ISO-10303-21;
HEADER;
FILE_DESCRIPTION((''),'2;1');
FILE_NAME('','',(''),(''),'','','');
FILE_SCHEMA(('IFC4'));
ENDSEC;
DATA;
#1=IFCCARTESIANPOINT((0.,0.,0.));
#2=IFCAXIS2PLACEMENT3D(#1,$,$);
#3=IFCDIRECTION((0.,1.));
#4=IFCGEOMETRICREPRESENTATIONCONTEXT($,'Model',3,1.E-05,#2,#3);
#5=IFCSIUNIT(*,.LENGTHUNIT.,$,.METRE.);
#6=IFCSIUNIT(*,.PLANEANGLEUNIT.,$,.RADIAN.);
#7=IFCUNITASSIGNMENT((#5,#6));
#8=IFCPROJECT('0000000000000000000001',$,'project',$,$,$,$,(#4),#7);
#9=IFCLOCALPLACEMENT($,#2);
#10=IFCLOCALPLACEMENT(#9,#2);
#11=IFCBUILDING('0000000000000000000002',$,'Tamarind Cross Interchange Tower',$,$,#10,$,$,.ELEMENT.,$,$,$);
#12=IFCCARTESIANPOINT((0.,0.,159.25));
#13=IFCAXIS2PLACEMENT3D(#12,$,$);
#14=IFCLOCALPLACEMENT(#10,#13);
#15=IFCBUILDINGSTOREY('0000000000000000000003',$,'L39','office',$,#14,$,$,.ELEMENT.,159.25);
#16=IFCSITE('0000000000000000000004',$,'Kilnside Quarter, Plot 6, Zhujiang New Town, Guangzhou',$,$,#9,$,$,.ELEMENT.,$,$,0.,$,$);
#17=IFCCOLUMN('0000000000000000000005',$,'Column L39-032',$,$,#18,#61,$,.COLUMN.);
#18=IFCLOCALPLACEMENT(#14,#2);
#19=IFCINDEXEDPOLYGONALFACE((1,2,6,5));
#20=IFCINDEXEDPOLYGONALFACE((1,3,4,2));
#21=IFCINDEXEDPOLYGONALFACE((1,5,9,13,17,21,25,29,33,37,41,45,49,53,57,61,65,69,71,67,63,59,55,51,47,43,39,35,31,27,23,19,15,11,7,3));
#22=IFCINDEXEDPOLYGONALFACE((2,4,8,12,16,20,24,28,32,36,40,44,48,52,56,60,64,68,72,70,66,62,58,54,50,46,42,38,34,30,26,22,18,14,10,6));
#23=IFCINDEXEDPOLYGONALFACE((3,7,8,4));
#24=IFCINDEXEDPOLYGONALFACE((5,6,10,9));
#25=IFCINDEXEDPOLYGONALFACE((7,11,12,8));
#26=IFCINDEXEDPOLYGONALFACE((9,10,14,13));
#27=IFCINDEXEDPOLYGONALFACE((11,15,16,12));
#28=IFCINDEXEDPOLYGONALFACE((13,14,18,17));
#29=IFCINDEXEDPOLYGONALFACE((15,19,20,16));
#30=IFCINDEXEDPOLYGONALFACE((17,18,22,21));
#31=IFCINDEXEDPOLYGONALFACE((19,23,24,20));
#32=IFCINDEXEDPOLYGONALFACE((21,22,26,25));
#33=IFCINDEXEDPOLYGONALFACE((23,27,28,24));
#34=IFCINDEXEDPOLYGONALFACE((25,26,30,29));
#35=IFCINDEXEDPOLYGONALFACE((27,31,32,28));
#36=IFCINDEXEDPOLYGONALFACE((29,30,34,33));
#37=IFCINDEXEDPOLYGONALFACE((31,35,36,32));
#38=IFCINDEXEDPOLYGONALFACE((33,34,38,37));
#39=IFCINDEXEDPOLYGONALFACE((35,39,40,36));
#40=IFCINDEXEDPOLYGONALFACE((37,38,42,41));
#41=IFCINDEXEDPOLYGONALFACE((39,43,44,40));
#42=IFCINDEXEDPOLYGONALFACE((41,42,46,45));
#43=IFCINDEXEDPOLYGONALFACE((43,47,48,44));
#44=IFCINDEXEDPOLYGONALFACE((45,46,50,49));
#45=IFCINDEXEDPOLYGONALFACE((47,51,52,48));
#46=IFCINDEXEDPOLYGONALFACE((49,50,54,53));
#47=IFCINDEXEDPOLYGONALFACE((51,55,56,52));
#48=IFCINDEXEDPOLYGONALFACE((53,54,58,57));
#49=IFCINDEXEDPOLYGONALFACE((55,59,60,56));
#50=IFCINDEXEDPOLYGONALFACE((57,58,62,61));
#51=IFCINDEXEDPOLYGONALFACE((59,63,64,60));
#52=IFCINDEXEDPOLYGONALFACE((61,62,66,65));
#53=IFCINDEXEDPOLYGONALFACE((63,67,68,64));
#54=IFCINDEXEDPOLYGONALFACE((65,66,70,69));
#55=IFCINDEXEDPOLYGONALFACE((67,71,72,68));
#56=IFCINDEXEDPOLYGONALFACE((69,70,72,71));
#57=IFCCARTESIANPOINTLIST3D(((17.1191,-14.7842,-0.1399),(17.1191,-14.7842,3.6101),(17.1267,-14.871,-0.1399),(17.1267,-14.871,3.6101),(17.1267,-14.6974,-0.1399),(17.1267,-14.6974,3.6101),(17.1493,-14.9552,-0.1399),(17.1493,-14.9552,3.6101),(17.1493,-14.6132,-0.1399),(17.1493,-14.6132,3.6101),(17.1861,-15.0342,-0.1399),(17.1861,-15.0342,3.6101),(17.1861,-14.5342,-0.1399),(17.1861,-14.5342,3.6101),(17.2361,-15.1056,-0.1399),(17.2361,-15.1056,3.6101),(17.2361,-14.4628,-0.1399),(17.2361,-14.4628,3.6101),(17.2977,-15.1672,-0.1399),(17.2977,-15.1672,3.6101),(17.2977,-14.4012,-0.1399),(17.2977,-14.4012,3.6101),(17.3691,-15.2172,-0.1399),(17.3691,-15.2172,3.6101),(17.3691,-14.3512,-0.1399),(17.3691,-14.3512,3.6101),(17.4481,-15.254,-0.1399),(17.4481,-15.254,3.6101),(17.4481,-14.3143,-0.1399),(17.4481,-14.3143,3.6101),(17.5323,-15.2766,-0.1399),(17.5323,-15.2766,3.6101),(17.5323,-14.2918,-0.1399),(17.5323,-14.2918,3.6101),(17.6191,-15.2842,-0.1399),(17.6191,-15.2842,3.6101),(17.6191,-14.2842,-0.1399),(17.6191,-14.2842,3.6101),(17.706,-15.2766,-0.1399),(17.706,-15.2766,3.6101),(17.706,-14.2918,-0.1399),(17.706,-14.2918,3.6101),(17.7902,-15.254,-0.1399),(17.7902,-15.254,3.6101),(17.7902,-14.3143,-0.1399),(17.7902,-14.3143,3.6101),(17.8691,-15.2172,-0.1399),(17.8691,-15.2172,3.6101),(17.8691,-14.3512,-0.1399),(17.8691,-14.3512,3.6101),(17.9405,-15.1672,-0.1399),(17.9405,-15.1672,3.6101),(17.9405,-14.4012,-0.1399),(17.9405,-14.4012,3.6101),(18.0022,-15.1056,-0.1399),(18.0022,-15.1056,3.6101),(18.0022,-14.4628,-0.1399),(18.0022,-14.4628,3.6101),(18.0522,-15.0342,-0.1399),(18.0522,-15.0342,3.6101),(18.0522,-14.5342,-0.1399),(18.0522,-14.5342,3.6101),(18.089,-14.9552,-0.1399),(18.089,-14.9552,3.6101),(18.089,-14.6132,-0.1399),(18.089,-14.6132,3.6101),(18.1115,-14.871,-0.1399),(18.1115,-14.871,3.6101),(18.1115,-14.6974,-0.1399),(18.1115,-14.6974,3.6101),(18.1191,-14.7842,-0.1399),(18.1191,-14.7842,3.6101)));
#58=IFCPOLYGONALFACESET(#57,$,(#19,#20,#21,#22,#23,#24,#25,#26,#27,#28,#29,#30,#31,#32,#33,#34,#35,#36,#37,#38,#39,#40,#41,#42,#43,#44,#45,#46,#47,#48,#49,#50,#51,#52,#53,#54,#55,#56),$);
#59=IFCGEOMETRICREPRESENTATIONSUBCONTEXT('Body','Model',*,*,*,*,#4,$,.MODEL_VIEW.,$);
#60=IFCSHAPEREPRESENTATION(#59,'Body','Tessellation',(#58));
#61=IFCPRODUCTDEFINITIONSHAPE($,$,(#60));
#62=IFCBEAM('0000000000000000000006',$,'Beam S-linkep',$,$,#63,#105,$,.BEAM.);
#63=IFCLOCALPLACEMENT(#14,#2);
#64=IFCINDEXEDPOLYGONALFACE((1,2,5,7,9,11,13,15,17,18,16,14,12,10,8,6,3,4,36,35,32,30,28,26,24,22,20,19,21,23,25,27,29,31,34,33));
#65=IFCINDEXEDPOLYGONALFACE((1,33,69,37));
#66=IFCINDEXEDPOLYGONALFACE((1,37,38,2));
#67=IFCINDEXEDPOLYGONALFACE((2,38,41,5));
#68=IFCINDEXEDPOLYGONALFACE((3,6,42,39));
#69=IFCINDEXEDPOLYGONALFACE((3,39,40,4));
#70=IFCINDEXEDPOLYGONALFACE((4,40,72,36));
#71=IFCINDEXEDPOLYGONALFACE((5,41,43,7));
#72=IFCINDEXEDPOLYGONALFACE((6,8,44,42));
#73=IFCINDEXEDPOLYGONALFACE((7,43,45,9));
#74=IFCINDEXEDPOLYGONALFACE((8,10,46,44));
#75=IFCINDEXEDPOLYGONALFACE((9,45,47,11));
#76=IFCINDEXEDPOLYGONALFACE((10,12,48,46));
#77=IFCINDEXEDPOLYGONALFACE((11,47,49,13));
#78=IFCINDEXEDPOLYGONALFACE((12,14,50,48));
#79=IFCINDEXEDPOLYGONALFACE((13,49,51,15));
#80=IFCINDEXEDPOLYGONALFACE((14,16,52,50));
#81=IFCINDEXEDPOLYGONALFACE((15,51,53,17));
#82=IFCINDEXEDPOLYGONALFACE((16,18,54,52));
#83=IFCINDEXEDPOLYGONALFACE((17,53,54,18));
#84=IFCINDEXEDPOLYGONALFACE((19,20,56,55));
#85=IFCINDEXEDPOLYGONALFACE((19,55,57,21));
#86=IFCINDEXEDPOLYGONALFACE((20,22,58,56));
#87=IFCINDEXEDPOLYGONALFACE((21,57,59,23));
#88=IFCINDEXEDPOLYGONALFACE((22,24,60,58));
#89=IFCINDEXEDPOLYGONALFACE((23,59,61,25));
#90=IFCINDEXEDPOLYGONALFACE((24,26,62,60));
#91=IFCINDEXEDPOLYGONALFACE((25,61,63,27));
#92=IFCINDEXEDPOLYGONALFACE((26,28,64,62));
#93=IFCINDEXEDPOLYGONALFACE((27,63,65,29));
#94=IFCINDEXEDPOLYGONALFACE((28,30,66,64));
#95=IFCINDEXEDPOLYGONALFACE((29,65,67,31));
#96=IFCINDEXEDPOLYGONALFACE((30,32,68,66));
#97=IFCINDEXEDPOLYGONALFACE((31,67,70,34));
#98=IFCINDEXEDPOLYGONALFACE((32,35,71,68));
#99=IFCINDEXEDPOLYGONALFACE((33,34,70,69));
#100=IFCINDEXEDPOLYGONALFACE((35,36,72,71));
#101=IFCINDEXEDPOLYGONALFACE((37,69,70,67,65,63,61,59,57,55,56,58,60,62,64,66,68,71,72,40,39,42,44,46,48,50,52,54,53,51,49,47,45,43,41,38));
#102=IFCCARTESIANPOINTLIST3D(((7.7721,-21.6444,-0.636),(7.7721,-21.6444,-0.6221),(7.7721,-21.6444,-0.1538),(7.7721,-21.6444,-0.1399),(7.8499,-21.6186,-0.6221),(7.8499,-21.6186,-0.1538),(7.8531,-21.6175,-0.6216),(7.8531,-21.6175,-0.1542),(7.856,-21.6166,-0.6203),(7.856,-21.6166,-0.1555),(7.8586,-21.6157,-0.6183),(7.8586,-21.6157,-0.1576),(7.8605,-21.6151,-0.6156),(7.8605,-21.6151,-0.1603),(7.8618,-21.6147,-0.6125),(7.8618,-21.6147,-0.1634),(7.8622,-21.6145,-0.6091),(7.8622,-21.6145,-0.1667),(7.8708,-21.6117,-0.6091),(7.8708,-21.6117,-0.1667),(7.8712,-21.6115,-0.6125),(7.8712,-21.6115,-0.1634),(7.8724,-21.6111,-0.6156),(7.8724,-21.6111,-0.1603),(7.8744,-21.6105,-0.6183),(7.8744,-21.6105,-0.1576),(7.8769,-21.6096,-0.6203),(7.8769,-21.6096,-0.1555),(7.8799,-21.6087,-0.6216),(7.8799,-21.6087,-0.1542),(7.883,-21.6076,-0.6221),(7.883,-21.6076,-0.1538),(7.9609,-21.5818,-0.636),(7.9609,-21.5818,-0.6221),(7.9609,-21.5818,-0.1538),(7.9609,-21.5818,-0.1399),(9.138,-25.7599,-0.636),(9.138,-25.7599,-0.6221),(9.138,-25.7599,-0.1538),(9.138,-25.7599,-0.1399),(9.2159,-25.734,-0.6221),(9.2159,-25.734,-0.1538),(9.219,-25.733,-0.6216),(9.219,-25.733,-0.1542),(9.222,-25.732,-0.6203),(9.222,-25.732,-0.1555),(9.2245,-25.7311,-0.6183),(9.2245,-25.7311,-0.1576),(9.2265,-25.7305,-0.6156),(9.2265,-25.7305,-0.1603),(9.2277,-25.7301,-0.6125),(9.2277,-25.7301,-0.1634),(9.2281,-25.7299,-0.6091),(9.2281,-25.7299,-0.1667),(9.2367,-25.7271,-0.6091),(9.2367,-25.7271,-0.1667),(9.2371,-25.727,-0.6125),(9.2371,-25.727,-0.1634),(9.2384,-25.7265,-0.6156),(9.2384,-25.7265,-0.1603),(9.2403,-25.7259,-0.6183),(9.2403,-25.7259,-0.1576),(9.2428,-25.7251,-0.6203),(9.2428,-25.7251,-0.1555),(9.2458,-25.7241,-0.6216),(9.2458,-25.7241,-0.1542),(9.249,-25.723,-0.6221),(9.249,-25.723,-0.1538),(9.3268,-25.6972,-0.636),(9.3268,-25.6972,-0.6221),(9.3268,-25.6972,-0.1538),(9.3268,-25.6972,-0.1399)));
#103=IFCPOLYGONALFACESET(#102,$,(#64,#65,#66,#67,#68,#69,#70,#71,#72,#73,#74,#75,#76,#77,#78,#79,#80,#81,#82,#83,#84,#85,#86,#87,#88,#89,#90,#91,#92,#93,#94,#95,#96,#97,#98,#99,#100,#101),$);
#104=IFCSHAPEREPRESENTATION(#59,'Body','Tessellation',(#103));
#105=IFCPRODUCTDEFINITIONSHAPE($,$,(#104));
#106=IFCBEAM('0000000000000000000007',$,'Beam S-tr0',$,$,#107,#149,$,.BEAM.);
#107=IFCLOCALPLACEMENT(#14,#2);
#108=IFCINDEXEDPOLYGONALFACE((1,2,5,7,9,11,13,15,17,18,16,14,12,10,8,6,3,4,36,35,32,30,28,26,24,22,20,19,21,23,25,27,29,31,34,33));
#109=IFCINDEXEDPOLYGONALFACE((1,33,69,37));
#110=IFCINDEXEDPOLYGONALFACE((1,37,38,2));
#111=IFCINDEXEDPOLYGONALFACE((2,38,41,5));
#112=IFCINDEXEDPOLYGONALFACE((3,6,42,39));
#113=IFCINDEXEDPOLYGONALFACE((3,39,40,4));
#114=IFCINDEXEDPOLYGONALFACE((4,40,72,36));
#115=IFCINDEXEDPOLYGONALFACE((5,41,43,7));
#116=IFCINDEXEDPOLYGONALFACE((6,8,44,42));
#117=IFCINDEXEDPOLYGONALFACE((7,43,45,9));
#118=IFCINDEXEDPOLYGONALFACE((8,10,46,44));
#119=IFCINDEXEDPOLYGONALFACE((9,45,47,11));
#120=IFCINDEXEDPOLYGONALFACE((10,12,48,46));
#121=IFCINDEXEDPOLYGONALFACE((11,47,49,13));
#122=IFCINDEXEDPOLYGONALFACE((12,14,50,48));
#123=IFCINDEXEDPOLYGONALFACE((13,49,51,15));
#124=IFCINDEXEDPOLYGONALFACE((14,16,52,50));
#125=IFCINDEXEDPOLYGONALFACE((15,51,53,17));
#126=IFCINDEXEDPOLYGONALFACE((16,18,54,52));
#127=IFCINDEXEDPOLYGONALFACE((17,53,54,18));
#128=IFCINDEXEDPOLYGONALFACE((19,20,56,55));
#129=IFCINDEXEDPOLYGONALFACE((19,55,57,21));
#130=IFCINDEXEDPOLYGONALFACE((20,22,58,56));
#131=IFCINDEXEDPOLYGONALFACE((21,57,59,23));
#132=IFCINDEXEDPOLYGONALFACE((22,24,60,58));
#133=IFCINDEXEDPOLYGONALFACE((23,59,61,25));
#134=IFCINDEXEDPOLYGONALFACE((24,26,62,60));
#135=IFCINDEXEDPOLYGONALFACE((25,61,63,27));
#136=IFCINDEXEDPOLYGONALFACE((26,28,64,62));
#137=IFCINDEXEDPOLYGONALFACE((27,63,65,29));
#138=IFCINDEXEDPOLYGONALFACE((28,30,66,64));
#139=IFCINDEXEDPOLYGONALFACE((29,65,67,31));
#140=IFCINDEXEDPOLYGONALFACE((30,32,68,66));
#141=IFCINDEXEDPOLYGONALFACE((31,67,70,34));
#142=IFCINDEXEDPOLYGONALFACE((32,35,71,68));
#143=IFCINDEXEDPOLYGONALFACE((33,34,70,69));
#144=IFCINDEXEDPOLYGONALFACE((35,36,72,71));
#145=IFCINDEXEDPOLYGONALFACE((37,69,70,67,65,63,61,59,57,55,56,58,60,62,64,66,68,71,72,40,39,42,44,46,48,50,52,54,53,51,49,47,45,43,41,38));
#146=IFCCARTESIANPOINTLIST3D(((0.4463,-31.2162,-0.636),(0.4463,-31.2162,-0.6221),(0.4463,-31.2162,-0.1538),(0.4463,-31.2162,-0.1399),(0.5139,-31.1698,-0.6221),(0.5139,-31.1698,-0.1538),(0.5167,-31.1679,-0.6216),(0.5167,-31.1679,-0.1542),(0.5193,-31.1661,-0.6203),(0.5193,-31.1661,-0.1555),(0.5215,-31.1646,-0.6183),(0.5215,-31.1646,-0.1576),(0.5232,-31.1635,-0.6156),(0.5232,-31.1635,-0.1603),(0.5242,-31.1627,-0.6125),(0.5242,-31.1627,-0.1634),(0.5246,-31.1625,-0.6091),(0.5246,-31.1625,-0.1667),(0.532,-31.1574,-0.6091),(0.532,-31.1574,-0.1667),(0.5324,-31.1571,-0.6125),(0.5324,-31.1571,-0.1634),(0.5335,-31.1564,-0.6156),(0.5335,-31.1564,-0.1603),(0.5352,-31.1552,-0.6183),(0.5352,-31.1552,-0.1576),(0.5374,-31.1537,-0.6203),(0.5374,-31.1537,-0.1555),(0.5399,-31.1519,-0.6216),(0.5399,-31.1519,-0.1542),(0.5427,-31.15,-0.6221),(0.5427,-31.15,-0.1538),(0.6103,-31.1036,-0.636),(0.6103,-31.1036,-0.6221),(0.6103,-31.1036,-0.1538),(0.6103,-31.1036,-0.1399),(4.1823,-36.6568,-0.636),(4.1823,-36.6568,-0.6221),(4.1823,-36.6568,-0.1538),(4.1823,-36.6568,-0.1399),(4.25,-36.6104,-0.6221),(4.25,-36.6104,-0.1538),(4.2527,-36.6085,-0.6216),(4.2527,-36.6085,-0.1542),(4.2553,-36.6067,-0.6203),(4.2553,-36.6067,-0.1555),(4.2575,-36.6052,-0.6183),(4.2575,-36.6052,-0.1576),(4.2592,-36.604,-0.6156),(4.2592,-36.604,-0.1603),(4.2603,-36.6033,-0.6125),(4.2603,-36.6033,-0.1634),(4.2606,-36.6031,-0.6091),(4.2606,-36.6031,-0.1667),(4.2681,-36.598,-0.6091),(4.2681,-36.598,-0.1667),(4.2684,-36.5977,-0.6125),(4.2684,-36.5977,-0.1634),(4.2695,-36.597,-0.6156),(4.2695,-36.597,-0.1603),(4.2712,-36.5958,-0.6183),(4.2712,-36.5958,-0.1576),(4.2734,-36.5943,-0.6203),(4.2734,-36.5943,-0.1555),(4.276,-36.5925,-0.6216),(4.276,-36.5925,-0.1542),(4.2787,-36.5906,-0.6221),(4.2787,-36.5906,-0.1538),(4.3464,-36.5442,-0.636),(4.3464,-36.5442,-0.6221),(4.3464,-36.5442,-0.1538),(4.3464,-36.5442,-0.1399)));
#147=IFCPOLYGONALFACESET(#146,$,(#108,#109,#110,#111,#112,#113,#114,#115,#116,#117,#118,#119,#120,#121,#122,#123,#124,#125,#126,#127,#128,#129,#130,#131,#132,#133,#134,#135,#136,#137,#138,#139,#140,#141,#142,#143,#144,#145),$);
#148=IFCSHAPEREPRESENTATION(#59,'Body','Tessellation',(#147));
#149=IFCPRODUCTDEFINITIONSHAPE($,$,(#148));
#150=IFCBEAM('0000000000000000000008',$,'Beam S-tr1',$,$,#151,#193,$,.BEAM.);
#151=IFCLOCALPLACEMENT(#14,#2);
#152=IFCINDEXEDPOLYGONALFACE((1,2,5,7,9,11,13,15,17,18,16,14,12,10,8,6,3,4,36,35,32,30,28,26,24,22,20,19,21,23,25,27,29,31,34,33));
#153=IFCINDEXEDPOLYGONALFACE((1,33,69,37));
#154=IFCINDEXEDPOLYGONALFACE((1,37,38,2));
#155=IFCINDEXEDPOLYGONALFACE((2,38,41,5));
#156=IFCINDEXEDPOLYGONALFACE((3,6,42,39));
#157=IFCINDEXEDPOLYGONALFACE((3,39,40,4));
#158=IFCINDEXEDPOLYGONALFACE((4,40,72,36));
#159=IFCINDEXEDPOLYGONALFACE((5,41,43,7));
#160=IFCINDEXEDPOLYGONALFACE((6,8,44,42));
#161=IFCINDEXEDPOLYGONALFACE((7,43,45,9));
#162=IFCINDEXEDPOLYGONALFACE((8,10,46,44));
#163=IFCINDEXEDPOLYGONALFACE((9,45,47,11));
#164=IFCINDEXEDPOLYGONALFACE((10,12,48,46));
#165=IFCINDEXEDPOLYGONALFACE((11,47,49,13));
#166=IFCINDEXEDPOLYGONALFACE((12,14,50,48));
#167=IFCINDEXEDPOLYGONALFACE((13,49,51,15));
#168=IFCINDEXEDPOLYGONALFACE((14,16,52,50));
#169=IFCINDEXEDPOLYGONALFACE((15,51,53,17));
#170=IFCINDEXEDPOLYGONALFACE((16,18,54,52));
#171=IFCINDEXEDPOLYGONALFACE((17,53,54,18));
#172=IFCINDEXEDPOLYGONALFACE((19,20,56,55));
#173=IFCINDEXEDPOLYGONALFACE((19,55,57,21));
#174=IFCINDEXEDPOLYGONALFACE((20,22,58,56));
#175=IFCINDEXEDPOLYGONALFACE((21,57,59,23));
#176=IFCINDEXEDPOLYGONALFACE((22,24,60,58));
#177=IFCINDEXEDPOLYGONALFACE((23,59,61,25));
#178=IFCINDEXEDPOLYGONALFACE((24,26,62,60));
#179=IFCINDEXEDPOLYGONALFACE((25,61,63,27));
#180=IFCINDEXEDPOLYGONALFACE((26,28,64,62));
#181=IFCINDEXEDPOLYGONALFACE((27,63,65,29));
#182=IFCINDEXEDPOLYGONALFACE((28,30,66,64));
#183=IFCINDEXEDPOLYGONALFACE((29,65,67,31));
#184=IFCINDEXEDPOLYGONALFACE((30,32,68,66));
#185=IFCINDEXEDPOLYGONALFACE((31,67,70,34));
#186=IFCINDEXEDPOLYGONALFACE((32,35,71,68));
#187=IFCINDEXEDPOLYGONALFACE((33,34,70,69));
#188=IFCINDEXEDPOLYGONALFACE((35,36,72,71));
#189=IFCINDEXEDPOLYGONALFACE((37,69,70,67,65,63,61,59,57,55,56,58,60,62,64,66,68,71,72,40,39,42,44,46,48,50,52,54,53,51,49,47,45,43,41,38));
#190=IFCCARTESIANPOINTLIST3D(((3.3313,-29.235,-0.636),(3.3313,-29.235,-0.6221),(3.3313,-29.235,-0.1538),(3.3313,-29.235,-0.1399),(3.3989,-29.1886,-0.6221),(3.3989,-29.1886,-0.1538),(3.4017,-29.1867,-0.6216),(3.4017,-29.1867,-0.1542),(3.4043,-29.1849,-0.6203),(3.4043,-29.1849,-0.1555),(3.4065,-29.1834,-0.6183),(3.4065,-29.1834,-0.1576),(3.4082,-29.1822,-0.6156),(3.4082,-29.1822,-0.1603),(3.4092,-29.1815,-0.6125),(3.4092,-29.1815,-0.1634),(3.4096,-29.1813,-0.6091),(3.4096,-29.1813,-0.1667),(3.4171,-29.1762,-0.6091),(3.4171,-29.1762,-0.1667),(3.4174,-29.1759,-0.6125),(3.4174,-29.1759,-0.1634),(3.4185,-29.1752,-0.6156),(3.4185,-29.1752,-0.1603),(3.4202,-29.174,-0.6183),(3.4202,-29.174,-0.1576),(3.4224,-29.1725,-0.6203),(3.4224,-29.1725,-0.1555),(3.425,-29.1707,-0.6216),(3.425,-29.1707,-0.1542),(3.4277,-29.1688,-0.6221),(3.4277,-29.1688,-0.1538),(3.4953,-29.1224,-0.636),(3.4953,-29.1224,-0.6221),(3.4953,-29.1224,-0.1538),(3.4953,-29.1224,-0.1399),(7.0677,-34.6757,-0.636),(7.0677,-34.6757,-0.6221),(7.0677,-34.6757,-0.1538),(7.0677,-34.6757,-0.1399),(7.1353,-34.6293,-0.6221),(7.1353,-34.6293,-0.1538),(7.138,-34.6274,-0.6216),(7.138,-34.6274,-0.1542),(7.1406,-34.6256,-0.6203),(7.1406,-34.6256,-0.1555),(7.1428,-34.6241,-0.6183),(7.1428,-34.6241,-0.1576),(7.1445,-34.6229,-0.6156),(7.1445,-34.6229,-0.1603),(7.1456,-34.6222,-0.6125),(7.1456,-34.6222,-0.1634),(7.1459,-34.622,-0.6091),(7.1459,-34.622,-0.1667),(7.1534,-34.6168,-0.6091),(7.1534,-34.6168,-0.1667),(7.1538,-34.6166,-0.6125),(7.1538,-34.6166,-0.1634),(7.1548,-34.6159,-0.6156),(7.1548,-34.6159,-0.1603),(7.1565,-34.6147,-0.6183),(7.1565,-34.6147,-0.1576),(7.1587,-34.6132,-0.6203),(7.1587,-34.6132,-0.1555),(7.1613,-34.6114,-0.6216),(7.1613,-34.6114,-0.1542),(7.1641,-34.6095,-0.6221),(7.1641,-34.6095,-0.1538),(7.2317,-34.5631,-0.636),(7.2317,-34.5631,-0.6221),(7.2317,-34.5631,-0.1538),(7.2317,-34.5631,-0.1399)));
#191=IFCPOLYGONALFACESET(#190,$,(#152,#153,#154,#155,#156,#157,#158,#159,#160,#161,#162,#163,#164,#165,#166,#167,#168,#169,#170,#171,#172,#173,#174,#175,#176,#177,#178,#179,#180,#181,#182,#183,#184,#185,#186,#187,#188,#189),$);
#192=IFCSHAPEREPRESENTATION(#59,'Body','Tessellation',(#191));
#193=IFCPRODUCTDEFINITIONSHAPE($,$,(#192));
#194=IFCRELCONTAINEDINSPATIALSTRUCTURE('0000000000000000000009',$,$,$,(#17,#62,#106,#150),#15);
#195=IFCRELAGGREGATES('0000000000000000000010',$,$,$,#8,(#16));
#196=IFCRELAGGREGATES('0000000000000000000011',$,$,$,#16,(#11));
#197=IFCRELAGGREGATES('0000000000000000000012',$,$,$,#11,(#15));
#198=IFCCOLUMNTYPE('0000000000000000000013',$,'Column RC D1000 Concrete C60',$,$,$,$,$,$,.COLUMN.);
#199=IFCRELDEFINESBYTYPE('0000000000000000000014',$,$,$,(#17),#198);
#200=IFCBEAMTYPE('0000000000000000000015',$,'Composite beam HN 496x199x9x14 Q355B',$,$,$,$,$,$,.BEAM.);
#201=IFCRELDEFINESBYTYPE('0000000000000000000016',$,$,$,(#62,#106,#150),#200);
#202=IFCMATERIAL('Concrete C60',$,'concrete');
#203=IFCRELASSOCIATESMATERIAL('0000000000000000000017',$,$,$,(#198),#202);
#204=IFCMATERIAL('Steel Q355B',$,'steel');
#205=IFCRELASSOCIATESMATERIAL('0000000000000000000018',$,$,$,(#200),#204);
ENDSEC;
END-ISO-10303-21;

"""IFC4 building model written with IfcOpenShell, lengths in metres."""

from ifc_helpers import new_model, si_unit, direction, frame, origin, origin_2d, place, context, subcontext, project, spatial, circle, i_section, extrude, material, material_profile, profile_set, type_object, element, save


model = new_model("IFC4")

# Units and contexts
model_context = context("Model", 3, precision=1e-05, world=origin(), true_north=direction((0.0, 1.0)))
body_context = subcontext(model_context, "Body", "Model", "MODEL_VIEW")
ifc_project = project(units=[si_unit("LENGTHUNIT", "METRE"), si_unit("PLANEANGLEUNIT", "RADIAN")], contexts=[model_context])

# Site, building, storey
site_placement = place(None, origin())
site = spatial("IfcSite", under=ifc_project, at=site_placement, Name="Kilnside Quarter, Plot 6, Zhujiang New Town, Guangzhou", CompositionType="ELEMENT", RefElevation=0.0)
building_placement = place(site_placement, origin())
building = spatial("IfcBuilding", under=site, at=building_placement, Name="Tamarind Cross Interchange Tower", CompositionType="ELEMENT")
storey_placement = place(building_placement, frame((0.0, 0.0, 159.25)))
storey = spatial("IfcBuildingStorey", under=building, at=storey_placement, Name="L39", Description="office", CompositionType="ELEMENT", Elevation=159.25)

# Column
ifc_material_1 = material(Name="Concrete C60", Category="concrete")
ifc_material_profile_1 = material_profile(ifc_material_1, circle(Radius=0.5, at=origin_2d()), Name="RC D1000")
ifc_profile_set_1 = profile_set([ifc_material_profile_1], Name="Concrete C60")
column_type_1 = type_object("IfcColumnType", Name="Column RC D1000 Concrete C60", PredefinedType="COLUMN", material=ifc_profile_set_1)
for number, where, z_axis, x_axis, name in (
    (1, (17.6191, -14.7842, -0.1399), (0.0, 0.0, 1.0), (1.0, 0.0, 0.0), "Column L39-032"),
):
    element("IfcColumn", number, at=place(storey_placement, frame(where, z_axis=z_axis, x_axis=x_axis)), inside=storey, type_object=column_type_1, Name=name, PredefinedType="COLUMN", context=body_context, shape_type="SweptSolid", body=[
        extrude(circle(Radius=0.5, at=origin_2d()), origin(), (0.0, 0.0, 1.0), 3.75),
    ])

# Beams
ifc_material_2 = material(Name="Steel Q355B", Category="steel")
ifc_material_profile_2 = material_profile(ifc_material_2, i_section(OverallWidth=0.199, OverallDepth=0.4961, WebThickness=0.009, FlangeThickness=0.0139, FilletRadius=0.0129, at=origin_2d()), Name="HN 496x199x9x14")
ifc_profile_set_2 = profile_set([ifc_material_profile_2], Name="Steel Q355B")
beam_type_1 = type_object("IfcBeamType", Name="Composite beam HN 496x199x9x14 Q355B", PredefinedType="BEAM", material=ifc_profile_set_2)
beam_1_placement = place(storey_placement, frame((9.2324, -25.7285, -0.3879), z_axis=(-0.315011, 0.949088, 0.0), x_axis=(-0.949088, -0.315011, 0.0)))
element("IfcBeam", 2, at=beam_1_placement, inside=storey, type_object=beam_type_1, Name="Beam S-linkep", PredefinedType="BEAM", context=body_context, shape_type="SweptSolid", body=[
    extrude(i_section(OverallWidth=0.199, OverallDepth=0.4961, WebThickness=0.009, FlangeThickness=0.0139, FilletRadius=0.0129, at=origin_2d()), origin(), (0.0, 0.0, 1.0), 4.3362),
])
beam_2_placement = place(storey_placement, frame((0.5283, -31.1599, -0.3879), z_axis=(0.566078, -0.824352, 0.0), x_axis=(0.824352, 0.566078, 0.0)))
element("IfcBeam", 3, at=beam_2_placement, inside=storey, type_object=beam_type_1, Name="Beam S-tr0", PredefinedType="BEAM", context=body_context, shape_type="SweptSolid", body=[
    extrude(i_section(OverallWidth=0.199, OverallDepth=0.4961, WebThickness=0.009, FlangeThickness=0.0139, FilletRadius=0.0129, at=origin_2d()), origin(), (0.0, 0.0, 1.0), 6.5999),
])
for number, where, z_axis, x_axis, name in (
    (4, (3.4133, -29.1787, -0.3879), (0.566103, -0.824334, 0.0), (0.824334, 0.566103, 0.0), "Beam S-tr1"),
):
    element("IfcBeam", number, at=place(storey_placement, frame(where, z_axis=z_axis, x_axis=x_axis)), inside=storey, type_object=beam_type_1, Name=name, PredefinedType="BEAM", context=body_context, shape_type="SweptSolid", body=[
        extrude(i_section(OverallWidth=0.199, OverallDepth=0.4961, WebThickness=0.009, FlangeThickness=0.0139, FilletRadius=0.0129, at=origin_2d()), origin(), (0.0, 0.0, 1.0), 6.6001),
    ])

save(model, "model.ifc")
